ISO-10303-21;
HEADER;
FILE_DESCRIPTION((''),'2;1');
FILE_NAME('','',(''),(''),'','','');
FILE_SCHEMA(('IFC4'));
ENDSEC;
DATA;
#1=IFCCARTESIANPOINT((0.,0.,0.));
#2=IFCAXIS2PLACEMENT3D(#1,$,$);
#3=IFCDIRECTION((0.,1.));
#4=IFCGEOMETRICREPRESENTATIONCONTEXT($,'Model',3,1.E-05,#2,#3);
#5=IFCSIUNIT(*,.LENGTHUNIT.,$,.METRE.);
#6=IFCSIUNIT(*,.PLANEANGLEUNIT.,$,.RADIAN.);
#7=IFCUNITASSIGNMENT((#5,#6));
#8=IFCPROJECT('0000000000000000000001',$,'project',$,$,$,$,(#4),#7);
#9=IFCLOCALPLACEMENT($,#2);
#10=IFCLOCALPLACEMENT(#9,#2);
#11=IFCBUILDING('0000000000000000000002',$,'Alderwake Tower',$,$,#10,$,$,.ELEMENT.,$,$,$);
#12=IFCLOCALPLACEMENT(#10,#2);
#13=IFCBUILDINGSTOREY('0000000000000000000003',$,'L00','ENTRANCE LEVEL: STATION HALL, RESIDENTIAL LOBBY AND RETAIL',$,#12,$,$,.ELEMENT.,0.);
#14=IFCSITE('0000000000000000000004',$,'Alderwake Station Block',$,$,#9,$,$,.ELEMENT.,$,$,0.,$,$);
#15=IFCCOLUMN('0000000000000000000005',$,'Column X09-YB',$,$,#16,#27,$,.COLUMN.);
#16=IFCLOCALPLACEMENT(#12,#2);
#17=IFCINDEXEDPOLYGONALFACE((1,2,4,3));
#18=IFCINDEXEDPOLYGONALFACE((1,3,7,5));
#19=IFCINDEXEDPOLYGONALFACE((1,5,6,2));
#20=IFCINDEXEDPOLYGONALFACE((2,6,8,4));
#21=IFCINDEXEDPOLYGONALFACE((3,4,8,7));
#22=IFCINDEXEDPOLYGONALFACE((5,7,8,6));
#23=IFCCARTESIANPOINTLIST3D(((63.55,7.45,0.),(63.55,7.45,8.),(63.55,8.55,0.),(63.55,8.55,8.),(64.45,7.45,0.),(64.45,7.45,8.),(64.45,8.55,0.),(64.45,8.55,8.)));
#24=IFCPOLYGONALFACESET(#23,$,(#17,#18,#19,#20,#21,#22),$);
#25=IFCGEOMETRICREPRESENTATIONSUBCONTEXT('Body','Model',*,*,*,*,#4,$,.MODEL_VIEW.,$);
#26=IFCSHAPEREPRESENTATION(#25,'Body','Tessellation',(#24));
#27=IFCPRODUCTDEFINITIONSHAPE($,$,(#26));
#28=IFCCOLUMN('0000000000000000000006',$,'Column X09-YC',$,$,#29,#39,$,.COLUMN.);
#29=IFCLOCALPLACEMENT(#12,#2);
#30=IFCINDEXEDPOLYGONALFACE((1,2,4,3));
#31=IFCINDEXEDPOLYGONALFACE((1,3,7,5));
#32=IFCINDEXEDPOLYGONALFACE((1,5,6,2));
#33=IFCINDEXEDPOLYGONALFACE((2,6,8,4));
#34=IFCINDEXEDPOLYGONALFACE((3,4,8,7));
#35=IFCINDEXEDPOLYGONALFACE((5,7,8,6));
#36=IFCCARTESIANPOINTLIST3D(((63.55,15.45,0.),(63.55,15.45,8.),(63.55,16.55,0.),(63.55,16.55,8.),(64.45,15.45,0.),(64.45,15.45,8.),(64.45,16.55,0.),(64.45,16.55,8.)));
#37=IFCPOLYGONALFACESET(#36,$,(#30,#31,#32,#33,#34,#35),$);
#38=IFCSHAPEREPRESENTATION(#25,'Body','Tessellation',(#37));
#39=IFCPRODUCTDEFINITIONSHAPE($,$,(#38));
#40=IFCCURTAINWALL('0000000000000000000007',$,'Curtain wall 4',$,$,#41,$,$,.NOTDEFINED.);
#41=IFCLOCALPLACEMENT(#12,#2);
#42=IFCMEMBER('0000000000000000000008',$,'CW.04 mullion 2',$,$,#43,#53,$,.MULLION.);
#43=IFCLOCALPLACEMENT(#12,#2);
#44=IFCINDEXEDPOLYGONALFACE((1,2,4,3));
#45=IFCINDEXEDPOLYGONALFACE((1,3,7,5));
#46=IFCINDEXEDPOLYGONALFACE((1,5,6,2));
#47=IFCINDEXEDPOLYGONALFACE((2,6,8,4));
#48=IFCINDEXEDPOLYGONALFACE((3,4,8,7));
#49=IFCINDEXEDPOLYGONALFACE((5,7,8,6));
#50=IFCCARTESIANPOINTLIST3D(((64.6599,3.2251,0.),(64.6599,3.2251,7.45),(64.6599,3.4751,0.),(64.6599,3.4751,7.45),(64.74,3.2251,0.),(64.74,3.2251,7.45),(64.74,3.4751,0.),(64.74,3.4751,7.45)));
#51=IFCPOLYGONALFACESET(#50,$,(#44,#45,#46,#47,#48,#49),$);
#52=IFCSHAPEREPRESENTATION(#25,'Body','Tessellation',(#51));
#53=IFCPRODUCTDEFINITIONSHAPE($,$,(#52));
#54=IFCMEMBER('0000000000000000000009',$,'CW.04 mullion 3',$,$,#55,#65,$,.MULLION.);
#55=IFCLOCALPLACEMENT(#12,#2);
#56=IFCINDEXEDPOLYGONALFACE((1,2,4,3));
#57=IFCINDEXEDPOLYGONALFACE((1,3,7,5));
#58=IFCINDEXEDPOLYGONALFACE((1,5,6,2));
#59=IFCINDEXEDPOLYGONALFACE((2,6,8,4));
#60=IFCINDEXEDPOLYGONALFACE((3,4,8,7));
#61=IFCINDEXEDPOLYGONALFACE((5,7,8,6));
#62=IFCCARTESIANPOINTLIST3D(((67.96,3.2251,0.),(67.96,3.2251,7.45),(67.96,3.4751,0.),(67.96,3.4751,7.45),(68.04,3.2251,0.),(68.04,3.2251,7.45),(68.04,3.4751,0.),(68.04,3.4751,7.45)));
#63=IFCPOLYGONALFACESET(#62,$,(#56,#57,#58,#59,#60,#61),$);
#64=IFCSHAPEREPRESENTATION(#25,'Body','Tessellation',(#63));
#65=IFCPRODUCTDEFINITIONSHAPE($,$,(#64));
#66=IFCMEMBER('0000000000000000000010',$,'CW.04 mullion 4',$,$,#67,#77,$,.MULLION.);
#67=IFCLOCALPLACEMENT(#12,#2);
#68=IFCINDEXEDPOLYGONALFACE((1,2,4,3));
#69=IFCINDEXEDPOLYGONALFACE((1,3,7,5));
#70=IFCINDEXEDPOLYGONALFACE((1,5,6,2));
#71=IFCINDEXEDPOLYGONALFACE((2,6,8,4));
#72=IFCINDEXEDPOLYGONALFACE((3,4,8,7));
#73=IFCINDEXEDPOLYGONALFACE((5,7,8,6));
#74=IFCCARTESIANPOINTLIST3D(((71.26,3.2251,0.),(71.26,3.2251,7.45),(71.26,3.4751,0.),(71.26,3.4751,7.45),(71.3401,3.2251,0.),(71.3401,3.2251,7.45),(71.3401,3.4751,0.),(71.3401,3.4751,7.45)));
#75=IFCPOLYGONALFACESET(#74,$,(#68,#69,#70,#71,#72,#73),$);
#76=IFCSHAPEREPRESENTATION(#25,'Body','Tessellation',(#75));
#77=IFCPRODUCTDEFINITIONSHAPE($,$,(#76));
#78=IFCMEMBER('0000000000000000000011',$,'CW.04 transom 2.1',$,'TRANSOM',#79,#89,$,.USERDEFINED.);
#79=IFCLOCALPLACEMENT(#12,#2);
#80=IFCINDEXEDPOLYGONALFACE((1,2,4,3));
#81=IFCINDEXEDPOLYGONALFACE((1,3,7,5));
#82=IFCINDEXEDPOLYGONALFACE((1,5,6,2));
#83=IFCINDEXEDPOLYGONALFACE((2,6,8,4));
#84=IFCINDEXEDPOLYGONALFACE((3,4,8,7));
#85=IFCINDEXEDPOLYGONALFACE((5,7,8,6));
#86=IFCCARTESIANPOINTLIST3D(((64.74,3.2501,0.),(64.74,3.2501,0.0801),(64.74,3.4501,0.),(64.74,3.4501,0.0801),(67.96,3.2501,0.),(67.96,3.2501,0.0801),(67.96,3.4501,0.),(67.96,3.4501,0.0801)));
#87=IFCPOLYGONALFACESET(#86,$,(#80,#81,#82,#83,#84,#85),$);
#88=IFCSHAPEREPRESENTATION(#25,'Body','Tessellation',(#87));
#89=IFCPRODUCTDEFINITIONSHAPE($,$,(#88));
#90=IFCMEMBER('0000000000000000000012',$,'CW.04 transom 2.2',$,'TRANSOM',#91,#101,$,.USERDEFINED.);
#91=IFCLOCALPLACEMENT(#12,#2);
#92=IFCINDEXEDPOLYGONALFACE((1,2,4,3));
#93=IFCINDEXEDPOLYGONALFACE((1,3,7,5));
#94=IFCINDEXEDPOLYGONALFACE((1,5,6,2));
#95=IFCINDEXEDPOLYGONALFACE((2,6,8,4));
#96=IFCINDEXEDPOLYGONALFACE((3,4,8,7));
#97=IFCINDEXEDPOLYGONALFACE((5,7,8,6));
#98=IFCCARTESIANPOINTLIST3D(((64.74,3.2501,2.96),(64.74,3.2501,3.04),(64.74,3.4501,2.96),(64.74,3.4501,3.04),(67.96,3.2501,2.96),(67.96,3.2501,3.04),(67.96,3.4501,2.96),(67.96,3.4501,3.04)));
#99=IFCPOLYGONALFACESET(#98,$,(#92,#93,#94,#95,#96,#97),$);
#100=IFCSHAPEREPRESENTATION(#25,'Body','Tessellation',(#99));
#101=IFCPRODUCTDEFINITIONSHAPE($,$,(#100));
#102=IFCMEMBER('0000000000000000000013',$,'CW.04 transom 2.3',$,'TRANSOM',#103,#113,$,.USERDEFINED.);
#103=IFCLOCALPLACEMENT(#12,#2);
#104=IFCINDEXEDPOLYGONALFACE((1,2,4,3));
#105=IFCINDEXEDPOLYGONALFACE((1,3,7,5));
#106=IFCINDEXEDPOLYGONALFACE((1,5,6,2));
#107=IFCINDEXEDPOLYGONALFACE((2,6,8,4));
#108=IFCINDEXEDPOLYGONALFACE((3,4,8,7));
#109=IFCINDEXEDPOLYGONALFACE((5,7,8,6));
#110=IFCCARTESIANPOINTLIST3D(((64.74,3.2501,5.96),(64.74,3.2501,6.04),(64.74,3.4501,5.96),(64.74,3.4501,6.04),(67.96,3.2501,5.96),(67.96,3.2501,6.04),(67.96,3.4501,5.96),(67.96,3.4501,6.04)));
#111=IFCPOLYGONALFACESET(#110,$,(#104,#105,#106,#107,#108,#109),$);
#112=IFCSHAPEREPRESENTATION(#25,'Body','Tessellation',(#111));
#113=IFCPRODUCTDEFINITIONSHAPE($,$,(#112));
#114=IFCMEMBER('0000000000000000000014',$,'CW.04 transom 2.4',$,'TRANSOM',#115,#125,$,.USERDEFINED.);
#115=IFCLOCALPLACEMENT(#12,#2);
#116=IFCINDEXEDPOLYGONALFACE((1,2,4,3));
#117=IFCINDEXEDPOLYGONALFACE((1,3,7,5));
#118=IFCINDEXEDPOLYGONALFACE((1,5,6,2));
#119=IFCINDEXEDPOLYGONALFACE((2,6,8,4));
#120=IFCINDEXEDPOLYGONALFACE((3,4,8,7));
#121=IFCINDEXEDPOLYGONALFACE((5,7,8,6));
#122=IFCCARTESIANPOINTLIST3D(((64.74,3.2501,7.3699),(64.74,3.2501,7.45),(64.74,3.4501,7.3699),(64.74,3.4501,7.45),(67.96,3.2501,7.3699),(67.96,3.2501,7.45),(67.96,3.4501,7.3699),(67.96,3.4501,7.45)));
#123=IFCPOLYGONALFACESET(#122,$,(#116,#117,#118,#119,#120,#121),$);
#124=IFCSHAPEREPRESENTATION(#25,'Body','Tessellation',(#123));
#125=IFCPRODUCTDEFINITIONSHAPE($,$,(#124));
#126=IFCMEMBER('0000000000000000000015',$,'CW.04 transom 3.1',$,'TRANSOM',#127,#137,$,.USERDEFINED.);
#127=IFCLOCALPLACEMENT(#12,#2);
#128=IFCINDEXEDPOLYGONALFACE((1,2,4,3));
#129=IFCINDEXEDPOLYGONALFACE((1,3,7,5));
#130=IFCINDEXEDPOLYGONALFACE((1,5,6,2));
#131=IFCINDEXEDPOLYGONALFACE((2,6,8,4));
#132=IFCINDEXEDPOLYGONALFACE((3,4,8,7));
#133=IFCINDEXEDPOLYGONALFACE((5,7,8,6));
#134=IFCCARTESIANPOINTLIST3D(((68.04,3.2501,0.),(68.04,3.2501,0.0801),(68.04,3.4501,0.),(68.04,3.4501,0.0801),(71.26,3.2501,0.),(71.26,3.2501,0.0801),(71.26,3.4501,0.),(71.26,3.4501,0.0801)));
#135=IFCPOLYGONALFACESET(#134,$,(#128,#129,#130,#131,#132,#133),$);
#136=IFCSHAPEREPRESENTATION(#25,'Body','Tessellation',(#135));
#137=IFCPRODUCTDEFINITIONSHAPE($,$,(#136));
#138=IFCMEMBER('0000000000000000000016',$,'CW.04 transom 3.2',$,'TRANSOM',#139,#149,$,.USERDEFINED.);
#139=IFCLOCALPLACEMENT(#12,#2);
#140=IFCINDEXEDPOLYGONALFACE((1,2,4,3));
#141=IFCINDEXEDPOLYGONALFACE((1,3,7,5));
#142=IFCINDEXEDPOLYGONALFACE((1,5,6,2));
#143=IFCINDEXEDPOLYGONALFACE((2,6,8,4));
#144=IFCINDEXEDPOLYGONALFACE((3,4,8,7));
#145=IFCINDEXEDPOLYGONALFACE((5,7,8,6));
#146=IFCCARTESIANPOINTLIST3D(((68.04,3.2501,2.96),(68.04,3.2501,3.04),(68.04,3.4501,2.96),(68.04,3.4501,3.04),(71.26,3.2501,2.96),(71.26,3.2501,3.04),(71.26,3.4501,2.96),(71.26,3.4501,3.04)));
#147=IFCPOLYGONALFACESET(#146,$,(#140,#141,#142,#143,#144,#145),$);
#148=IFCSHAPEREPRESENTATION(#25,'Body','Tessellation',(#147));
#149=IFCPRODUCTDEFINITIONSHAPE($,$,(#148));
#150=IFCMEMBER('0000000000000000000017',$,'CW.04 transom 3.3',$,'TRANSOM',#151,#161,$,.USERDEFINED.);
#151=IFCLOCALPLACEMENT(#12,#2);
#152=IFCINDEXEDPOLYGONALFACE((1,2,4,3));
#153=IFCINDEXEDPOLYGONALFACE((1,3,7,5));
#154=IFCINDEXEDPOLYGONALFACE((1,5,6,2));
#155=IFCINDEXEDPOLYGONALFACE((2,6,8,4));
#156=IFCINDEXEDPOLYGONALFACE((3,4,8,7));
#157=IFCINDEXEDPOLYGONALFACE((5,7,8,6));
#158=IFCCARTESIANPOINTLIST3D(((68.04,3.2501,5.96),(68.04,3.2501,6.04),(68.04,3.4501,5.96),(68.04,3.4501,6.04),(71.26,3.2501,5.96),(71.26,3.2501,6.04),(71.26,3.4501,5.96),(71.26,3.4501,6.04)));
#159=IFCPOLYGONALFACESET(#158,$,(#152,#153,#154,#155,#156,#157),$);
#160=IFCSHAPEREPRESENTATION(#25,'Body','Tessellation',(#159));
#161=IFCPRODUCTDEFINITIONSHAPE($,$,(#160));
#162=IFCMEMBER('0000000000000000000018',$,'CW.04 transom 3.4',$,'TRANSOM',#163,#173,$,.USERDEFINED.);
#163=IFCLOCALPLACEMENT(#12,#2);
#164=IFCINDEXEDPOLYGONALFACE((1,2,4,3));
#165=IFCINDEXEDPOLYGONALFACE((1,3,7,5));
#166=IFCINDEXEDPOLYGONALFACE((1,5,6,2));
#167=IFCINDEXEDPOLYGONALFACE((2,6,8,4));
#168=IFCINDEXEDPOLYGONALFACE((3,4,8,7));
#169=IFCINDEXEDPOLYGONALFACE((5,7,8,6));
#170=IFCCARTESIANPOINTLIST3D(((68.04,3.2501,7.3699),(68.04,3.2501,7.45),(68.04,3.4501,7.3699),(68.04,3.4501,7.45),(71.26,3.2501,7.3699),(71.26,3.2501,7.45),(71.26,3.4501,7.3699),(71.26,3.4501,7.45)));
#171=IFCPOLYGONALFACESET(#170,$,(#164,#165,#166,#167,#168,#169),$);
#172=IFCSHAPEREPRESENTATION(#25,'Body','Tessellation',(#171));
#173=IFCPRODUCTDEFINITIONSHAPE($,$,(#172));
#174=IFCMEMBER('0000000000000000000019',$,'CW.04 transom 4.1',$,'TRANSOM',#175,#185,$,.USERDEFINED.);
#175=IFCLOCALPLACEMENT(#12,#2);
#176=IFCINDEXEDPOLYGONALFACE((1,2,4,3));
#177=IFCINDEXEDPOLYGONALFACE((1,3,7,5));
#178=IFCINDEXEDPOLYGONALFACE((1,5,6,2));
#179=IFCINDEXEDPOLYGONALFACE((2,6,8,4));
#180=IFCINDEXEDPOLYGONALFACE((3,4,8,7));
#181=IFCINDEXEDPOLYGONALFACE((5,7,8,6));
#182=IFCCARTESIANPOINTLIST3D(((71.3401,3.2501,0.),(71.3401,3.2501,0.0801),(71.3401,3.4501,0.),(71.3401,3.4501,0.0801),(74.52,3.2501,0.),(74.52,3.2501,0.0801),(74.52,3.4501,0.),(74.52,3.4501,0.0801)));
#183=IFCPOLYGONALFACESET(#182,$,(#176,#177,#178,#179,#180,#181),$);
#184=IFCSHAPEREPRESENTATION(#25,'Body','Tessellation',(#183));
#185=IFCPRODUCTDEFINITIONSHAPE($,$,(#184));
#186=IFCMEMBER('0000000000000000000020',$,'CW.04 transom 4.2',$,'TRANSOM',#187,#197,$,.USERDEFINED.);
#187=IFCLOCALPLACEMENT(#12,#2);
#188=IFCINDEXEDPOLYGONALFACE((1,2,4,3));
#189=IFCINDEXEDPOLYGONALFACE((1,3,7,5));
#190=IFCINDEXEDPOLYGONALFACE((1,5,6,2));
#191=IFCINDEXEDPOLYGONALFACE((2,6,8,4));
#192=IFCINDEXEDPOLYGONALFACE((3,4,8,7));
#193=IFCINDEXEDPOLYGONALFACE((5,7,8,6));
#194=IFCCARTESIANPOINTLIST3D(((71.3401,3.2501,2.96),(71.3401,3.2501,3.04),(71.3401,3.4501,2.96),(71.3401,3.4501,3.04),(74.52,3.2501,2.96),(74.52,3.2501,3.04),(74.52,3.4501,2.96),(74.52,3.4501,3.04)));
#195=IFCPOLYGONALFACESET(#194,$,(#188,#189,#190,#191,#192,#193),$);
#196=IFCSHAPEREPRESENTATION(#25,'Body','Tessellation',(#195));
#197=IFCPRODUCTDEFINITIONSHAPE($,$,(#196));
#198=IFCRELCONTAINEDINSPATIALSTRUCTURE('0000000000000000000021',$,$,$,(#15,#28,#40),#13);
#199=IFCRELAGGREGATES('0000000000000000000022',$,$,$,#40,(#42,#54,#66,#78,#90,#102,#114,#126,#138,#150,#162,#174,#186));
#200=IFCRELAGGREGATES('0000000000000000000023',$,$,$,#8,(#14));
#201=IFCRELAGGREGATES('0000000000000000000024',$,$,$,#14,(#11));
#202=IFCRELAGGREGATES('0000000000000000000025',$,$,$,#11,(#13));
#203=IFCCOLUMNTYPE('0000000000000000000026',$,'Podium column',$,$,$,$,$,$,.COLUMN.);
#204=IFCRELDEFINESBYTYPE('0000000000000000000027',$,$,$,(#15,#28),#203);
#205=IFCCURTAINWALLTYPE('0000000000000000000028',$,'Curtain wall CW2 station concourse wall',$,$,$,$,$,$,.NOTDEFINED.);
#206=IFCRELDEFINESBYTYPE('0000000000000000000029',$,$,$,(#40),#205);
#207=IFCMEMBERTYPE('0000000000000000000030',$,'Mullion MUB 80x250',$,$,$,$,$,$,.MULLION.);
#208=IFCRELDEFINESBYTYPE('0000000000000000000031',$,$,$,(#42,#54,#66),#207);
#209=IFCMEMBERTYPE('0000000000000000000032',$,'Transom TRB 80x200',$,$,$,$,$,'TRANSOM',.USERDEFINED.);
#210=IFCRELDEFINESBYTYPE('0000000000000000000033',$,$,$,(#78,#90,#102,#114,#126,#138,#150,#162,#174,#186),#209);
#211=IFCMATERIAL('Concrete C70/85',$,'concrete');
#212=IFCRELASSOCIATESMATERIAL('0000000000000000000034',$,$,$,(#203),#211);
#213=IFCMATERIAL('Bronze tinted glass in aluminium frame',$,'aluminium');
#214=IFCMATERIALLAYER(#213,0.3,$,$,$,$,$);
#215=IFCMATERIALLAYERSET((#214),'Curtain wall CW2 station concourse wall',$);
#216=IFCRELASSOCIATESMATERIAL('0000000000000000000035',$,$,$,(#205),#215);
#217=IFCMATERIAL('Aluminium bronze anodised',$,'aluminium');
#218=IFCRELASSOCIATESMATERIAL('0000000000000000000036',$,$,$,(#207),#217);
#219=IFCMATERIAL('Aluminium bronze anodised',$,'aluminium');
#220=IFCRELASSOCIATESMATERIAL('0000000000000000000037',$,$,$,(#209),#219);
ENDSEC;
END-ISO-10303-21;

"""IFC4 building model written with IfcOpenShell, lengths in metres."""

from ifc_helpers import new_model, si_unit, direction, frame, origin, origin_2d, place, context, subcontext, project, spatial, rectangle, extrude, material, layer, layer_set, material_profile, profile_set, type_object, element, aggregate, save


model = new_model("IFC4")

# Units and contexts
model_context = context("Model", 3, precision=1e-05, world=origin(), true_north=direction((0.0, 1.0)))
body_context = subcontext(model_context, "Body", "Model", "MODEL_VIEW")
ifc_project = project(units=[si_unit("LENGTHUNIT", "METRE"), si_unit("PLANEANGLEUNIT", "RADIAN")], contexts=[model_context])

# Site, building, storey
site_placement = place(None, origin())
site = spatial("IfcSite", under=ifc_project, at=site_placement, Name="Alderwake Station Block", CompositionType="ELEMENT", RefElevation=0.0)
building_placement = place(site_placement, origin())
building = spatial("IfcBuilding", under=site, at=building_placement, Name="Alderwake Tower", CompositionType="ELEMENT")
storey_placement = place(building_placement, origin())
storey = spatial("IfcBuildingStorey", under=building, at=storey_placement, Name="L00", Description="ENTRANCE LEVEL: STATION HALL, RESIDENTIAL LOBBY AND RETAIL", CompositionType="ELEMENT", Elevation=0.0)

# Columns
ifc_material_1 = material(Name="Concrete C70/85", Category="concrete")
ifc_material_profile_1 = material_profile(ifc_material_1, rectangle(XDim=0.8999, YDim=1.1001, at=origin_2d()), Name="RC 1100X900")
ifc_profile_set_1 = profile_set([ifc_material_profile_1], Name="Concrete C70/85")
column_type = type_object("IfcColumnType", Name="Podium column", PredefinedType="COLUMN", material=ifc_profile_set_1)
for number, where, z_axis, x_axis, name in (
    (1, (64.0, 8.0, 0.0), (0.0, 0.0, 1.0), (1.0, 0.0, 0.0), "Column X09-YB"),
    (2, (64.0, 16.0, 0.0), (0.0, 0.0, 1.0), (1.0, 0.0, 0.0), "Column X09-YC"),
):
    element("IfcColumn", number, at=place(storey_placement, frame(where, z_axis=z_axis, x_axis=x_axis)), inside=storey, type_object=column_type, Name=name, PredefinedType="COLUMN", context=body_context, shape_type="SweptSolid", body=[
        extrude(rectangle(XDim=0.8999, YDim=1.1001, at=origin_2d()), origin(), (0.0, 0.0, 1.0), 8.0),
    ])

# Curtain wall, members
ifc_material_2 = material(Name="Bronze tinted glass in aluminium frame", Category="aluminium")
ifc_layer_1 = layer(ifc_material_2, 0.3)
ifc_layer_set_1 = layer_set([ifc_layer_1], Name="Curtain wall CW2 station concourse wall")
curtain_wall_type = type_object("IfcCurtainWallType", Name="Curtain wall CW2 station concourse wall", PredefinedType="NOTDEFINED", material=ifc_layer_set_1)
curtain_wall_placement = place(storey_placement, origin())
curtain_wall = element("IfcCurtainWall", 3, at=curtain_wall_placement, inside=storey, type_object=curtain_wall_type, Name="Curtain wall 4", PredefinedType="NOTDEFINED")
ifc_material_3 = material(Name="Aluminium bronze anodised", Category="aluminium")
ifc_material_profile_2 = material_profile(ifc_material_3, rectangle(XDim=0.25, YDim=0.0801, at=origin_2d()), Name="Mullion MUB 80x250")
ifc_profile_set_2 = profile_set([ifc_material_profile_2], Name="Aluminium bronze anodised")
member_type_1 = type_object("IfcMemberType", Name="Mullion MUB 80x250", PredefinedType="MULLION", material=ifc_profile_set_2)
member_1_placement = place(storey_placement, frame((64.7, 3.3501, 0.0), z_axis=(0.0, 0.0, 1.0), x_axis=(0.0, 1.0, 0.0)))
member_1 = element("IfcMember", 4, at=member_1_placement, type_object=member_type_1, Name="CW.04 mullion 2", PredefinedType="MULLION", context=body_context, shape_type="SweptSolid", body=[
    extrude(rectangle(XDim=0.25, YDim=0.0801, at=origin_2d()), origin(), (0.0, 0.0, 1.0), 7.45),
])
member_2_placement = place(storey_placement, frame((68.0, 3.3501, 0.0), z_axis=(0.0, 0.0, 1.0), x_axis=(0.0, 1.0, 0.0)))
member_2 = element("IfcMember", 5, at=member_2_placement, type_object=member_type_1, Name="CW.04 mullion 3", PredefinedType="MULLION", context=body_context, shape_type="SweptSolid", body=[
    extrude(rectangle(XDim=0.25, YDim=0.0801, at=origin_2d()), origin(), (0.0, 0.0, 1.0), 7.45),
])
member_3_placement = place(storey_placement, frame((71.3, 3.3501, 0.0), z_axis=(0.0, 0.0, 1.0), x_axis=(0.0, 1.0, 0.0)))
member_3 = element("IfcMember", 6, at=member_3_placement, type_object=member_type_1, Name="CW.04 mullion 4", PredefinedType="MULLION", context=body_context, shape_type="SweptSolid", body=[
    extrude(rectangle(XDim=0.25, YDim=0.0801, at=origin_2d()), origin(), (0.0, 0.0, 1.0), 7.45),
])
ifc_material_4 = material(Name="Aluminium bronze anodised", Category="aluminium")
ifc_material_profile_3 = material_profile(ifc_material_4, rectangle(XDim=0.2, YDim=0.0801, at=origin_2d()), Name="Transom TRB 80x200")
ifc_profile_set_3 = profile_set([ifc_material_profile_3], Name="Aluminium bronze anodised")
member_type_2 = type_object("IfcMemberType", Name="Transom TRB 80x200", ElementType="TRANSOM", PredefinedType="USERDEFINED", material=ifc_profile_set_3)
member_4_placement = place(storey_placement, frame((64.74, 3.3501, 0.04), z_axis=(1.0, 0.0, 0.0), x_axis=(0.0, 1.0, 0.0)))
member_4 = element("IfcMember", 7, at=member_4_placement, type_object=member_type_2, Name="CW.04 transom 2.1", ObjectType="TRANSOM", PredefinedType="USERDEFINED", context=body_context, shape_type="SweptSolid", body=[
    extrude(rectangle(XDim=0.2, YDim=0.0801, at=origin_2d()), origin(), (0.0, 0.0, 1.0), 3.22),
])
member_5_placement = place(storey_placement, frame((64.74, 3.3501, 3.0), z_axis=(1.0, 0.0, 0.0), x_axis=(0.0, 1.0, 0.0)))
member_5 = element("IfcMember", 8, at=member_5_placement, type_object=member_type_2, Name="CW.04 transom 2.2", ObjectType="TRANSOM", PredefinedType="USERDEFINED", context=body_context, shape_type="SweptSolid", body=[
    extrude(rectangle(XDim=0.2, YDim=0.0801, at=origin_2d()), origin(), (0.0, 0.0, 1.0), 3.22),
])
member_6_placement = place(storey_placement, frame((64.74, 3.3501, 6.0), z_axis=(1.0, 0.0, 0.0), x_axis=(0.0, 1.0, 0.0)))
member_6 = element("IfcMember", 9, at=member_6_placement, type_object=member_type_2, Name="CW.04 transom 2.3", ObjectType="TRANSOM", PredefinedType="USERDEFINED", context=body_context, shape_type="SweptSolid", body=[
    extrude(rectangle(XDim=0.2, YDim=0.0801, at=origin_2d()), origin(), (0.0, 0.0, 1.0), 3.22),
])
member_7_placement = place(storey_placement, frame((64.74, 3.3501, 7.4099), z_axis=(1.0, 0.0, 0.0), x_axis=(0.0, 1.0, 0.0)))
member_7 = element("IfcMember", 10, at=member_7_placement, type_object=member_type_2, Name="CW.04 transom 2.4", ObjectType="TRANSOM", PredefinedType="USERDEFINED", context=body_context, shape_type="SweptSolid", body=[
    extrude(rectangle(XDim=0.2, YDim=0.0801, at=origin_2d()), origin(), (0.0, 0.0, 1.0), 3.22),
])
member_8_placement = place(storey_placement, frame((68.04, 3.3501, 0.04), z_axis=(1.0, 0.0, 0.0), x_axis=(0.0, 1.0, 0.0)))
member_8 = element("IfcMember", 11, at=member_8_placement, type_object=member_type_2, Name="CW.04 transom 3.1", ObjectType="TRANSOM", PredefinedType="USERDEFINED", context=body_context, shape_type="SweptSolid", body=[
    extrude(rectangle(XDim=0.2, YDim=0.0801, at=origin_2d()), origin(), (0.0, 0.0, 1.0), 3.22),
])
member_9_placement = place(storey_placement, frame((68.04, 3.3501, 3.0), z_axis=(1.0, 0.0, 0.0), x_axis=(0.0, 1.0, 0.0)))
member_9 = element("IfcMember", 12, at=member_9_placement, type_object=member_type_2, Name="CW.04 transom 3.2", ObjectType="TRANSOM", PredefinedType="USERDEFINED", context=body_context, shape_type="SweptSolid", body=[
    extrude(rectangle(XDim=0.2, YDim=0.0801, at=origin_2d()), origin(), (0.0, 0.0, 1.0), 3.22),
])
member_10_placement = place(storey_placement, frame((68.04, 3.3501, 6.0), z_axis=(1.0, 0.0, 0.0), x_axis=(0.0, 1.0, 0.0)))
member_10 = element("IfcMember", 13, at=member_10_placement, type_object=member_type_2, Name="CW.04 transom 3.3", ObjectType="TRANSOM", PredefinedType="USERDEFINED", context=body_context, shape_type="SweptSolid", body=[
    extrude(rectangle(XDim=0.2, YDim=0.0801, at=origin_2d()), origin(), (0.0, 0.0, 1.0), 3.22),
])
member_11_placement = place(storey_placement, frame((68.04, 3.3501, 7.4099), z_axis=(1.0, 0.0, 0.0), x_axis=(0.0, 1.0, 0.0)))
member_11 = element("IfcMember", 14, at=member_11_placement, type_object=member_type_2, Name="CW.04 transom 3.4", ObjectType="TRANSOM", PredefinedType="USERDEFINED", context=body_context, shape_type="SweptSolid", body=[
    extrude(rectangle(XDim=0.2, YDim=0.0801, at=origin_2d()), origin(), (0.0, 0.0, 1.0), 3.22),
])
member_12_placement = place(storey_placement, frame((71.3401, 3.3501, 0.04), z_axis=(1.0, 0.0, 0.0), x_axis=(0.0, 1.0, 0.0)))
member_12 = element("IfcMember", 15, at=member_12_placement, type_object=member_type_2, Name="CW.04 transom 4.1", ObjectType="TRANSOM", PredefinedType="USERDEFINED", context=body_context, shape_type="SweptSolid", body=[
    extrude(rectangle(XDim=0.2, YDim=0.0801, at=origin_2d()), origin(), (0.0, 0.0, 1.0), 3.1799),
])
member_13_placement = place(storey_placement, frame((71.3401, 3.3501, 3.0), z_axis=(1.0, 0.0, 0.0), x_axis=(0.0, 1.0, 0.0)))
member_13 = element("IfcMember", 16, at=member_13_placement, type_object=member_type_2, Name="CW.04 transom 4.2", ObjectType="TRANSOM", PredefinedType="USERDEFINED", context=body_context, shape_type="SweptSolid", body=[
    extrude(rectangle(XDim=0.2, YDim=0.0801, at=origin_2d()), origin(), (0.0, 0.0, 1.0), 3.1799),
])
aggregate(curtain_wall, [member_1, member_2, member_3, member_4, member_5, member_6, member_7, member_8, member_9, member_10, member_11, member_12, member_13])

save(model, "model.ifc")
